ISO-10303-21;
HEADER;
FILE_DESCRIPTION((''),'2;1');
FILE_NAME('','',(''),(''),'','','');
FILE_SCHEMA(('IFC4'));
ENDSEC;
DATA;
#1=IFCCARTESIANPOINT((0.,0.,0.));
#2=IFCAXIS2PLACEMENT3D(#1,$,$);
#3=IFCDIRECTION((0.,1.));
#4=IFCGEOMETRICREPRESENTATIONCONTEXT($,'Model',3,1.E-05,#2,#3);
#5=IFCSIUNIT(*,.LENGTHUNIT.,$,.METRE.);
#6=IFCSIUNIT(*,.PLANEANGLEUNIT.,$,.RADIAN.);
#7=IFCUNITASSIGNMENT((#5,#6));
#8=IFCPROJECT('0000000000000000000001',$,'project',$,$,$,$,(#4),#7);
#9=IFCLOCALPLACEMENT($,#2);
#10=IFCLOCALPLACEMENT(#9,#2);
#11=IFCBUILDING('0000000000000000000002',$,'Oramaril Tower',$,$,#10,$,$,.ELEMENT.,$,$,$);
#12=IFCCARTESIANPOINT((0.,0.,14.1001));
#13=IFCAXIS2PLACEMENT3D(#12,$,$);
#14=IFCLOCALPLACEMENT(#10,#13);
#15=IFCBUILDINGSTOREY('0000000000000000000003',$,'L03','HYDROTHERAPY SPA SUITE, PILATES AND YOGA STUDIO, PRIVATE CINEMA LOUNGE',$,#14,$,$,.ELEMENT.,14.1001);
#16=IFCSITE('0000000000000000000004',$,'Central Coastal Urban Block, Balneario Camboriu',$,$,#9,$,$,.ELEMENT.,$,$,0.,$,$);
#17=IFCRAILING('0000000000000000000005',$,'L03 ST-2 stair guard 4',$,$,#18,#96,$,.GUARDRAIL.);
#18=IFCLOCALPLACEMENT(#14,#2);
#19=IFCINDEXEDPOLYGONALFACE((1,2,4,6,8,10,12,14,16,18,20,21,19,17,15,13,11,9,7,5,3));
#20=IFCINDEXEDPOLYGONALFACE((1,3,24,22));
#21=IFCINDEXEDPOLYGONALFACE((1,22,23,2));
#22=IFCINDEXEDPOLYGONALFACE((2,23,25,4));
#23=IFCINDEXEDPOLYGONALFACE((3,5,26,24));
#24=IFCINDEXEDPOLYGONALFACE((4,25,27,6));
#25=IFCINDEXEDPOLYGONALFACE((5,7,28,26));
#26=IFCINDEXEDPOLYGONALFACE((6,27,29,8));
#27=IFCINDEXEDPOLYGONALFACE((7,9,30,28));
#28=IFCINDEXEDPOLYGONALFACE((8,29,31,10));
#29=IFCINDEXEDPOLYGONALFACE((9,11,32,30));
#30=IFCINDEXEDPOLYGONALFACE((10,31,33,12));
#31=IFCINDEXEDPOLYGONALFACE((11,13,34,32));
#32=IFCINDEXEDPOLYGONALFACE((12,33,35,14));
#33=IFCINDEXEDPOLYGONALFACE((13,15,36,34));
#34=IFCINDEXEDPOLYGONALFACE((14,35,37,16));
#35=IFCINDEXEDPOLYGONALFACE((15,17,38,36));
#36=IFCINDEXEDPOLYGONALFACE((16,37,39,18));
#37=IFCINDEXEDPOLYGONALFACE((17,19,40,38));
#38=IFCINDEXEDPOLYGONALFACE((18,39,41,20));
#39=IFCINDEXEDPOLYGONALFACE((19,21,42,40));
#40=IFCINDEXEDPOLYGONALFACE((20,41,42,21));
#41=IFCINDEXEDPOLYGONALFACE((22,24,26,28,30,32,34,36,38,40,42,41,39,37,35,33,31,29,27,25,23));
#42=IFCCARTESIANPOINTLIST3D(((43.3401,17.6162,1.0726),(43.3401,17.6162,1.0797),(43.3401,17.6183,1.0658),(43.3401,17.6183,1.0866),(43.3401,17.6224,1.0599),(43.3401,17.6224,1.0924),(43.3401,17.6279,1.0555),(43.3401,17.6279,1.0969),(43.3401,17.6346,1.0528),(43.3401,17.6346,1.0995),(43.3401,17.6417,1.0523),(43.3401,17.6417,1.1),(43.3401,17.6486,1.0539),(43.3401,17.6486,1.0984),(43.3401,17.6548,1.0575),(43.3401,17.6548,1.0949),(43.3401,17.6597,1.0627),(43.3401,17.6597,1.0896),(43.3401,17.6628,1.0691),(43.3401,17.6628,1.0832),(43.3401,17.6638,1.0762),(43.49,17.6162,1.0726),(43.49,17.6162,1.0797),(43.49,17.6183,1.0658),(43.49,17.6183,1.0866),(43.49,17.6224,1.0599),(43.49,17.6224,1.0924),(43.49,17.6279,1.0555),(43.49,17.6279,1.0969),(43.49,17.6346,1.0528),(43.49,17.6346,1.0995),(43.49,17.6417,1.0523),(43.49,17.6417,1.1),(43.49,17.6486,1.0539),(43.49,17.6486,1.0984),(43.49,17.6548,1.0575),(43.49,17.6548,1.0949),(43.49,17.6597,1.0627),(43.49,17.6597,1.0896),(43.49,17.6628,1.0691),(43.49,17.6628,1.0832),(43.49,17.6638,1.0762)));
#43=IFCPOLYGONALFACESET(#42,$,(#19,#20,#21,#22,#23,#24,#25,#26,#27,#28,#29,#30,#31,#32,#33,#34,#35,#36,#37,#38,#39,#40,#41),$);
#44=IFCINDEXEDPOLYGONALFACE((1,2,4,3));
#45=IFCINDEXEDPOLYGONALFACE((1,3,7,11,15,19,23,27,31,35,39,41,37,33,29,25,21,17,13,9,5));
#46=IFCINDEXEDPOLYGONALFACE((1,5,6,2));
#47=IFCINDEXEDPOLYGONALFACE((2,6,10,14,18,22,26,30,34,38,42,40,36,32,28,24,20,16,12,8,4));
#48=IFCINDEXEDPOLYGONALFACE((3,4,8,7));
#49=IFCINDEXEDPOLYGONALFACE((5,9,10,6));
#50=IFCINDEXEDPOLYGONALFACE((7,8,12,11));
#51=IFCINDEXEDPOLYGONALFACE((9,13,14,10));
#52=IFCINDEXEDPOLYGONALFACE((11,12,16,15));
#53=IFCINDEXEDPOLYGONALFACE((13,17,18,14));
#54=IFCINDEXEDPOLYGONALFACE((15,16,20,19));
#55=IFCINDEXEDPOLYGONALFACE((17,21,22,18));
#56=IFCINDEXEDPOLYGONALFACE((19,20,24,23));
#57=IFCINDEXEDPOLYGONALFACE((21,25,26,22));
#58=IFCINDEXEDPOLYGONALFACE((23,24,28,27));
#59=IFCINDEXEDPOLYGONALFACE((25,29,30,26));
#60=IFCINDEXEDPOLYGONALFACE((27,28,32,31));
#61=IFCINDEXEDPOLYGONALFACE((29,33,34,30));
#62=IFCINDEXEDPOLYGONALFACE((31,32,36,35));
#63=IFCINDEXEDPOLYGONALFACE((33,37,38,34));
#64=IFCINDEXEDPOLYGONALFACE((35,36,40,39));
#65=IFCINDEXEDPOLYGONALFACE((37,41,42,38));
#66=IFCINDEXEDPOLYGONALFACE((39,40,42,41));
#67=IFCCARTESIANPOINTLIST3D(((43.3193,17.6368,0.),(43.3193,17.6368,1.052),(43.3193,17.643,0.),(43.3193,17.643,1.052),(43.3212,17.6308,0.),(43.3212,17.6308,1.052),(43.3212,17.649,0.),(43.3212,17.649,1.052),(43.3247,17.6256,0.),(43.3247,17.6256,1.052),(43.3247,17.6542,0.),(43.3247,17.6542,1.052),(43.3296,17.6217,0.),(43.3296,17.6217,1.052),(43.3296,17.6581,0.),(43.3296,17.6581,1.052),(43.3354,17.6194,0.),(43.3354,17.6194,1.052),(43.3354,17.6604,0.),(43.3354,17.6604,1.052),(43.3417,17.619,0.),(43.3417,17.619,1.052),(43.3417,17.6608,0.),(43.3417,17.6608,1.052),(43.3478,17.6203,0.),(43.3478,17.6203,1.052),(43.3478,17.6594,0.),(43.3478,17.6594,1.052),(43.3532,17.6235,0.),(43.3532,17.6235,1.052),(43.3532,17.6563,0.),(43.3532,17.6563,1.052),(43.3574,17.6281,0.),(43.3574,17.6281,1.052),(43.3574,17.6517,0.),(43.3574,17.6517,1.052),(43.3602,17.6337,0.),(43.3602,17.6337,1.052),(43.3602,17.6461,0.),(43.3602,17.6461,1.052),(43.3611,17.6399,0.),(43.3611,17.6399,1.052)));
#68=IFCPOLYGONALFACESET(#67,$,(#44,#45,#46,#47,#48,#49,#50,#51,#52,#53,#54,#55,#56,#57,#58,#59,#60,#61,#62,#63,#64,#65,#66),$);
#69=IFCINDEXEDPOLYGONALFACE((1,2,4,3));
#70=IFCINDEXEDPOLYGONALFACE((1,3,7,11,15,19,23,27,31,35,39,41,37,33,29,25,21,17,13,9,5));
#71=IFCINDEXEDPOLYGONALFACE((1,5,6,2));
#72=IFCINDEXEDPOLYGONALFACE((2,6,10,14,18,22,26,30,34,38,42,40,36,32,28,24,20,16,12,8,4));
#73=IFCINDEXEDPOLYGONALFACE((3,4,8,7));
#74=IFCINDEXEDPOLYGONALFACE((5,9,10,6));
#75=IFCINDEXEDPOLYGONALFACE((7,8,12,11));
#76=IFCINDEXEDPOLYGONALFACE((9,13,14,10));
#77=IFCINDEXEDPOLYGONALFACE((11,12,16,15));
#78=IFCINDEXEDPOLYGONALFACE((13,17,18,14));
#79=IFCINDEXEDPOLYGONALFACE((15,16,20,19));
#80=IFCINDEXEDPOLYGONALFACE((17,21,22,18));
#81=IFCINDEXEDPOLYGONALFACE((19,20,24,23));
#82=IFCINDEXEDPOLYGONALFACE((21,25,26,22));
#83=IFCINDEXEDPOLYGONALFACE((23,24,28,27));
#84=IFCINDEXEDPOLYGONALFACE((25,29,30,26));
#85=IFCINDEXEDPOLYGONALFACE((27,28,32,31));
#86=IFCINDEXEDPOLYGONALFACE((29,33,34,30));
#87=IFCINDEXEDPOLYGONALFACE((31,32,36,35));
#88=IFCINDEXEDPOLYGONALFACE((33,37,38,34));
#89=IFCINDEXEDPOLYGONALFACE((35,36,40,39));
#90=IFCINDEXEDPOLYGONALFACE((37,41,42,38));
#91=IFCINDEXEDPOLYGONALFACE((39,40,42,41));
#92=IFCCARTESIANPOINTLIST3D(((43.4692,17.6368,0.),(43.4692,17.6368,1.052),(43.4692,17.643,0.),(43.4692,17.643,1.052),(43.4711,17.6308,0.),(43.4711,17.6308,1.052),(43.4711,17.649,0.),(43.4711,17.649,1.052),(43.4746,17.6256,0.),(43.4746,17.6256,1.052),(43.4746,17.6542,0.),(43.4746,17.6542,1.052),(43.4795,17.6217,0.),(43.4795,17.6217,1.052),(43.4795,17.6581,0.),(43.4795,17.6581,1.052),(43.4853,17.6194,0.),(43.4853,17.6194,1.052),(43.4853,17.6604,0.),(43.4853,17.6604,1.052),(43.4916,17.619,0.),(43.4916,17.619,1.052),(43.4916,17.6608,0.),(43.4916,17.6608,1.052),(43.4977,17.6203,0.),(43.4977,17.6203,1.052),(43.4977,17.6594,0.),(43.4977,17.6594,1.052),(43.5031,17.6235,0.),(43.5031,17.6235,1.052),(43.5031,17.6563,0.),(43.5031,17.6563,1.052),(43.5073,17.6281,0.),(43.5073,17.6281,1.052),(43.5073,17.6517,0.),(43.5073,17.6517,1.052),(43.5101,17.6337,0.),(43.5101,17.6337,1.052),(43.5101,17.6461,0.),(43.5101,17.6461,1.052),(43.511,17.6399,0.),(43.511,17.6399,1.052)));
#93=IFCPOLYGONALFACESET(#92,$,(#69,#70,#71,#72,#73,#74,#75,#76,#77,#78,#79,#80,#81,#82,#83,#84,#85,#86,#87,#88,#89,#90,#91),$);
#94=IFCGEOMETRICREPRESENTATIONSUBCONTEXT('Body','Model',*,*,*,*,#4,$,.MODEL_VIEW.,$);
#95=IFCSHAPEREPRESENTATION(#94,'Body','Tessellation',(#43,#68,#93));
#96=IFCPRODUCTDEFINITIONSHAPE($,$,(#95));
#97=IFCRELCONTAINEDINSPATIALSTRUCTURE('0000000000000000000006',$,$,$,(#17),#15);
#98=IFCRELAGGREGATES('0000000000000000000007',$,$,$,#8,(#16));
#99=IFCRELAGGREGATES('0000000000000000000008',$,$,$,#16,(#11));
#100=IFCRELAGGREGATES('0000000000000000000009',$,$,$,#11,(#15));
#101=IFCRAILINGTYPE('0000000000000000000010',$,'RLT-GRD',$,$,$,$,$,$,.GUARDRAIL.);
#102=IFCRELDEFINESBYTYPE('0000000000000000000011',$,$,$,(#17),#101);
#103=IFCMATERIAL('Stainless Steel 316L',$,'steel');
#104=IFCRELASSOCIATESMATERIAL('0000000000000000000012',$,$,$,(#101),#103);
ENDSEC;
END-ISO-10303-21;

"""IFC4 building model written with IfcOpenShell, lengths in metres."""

from ifc_helpers import new_model, si_unit, direction, frame, origin, origin_2d, place, context, subcontext, project, spatial, circle, extrude, material, type_object, element, save


model = new_model("IFC4")

# Units and contexts
model_context = context("Model", 3, precision=1e-05, world=origin(), true_north=direction((0.0, 1.0)))
body_context = subcontext(model_context, "Body", "Model", "MODEL_VIEW")
ifc_project = project(units=[si_unit("LENGTHUNIT", "METRE"), si_unit("PLANEANGLEUNIT", "RADIAN")], contexts=[model_context])

# Site, building, storey
site_placement = place(None, origin())
site = spatial("IfcSite", under=ifc_project, at=site_placement, Name="Central Coastal Urban Block, Balneario Camboriu", CompositionType="ELEMENT", RefElevation=0.0)
building_placement = place(site_placement, origin())
building = spatial("IfcBuilding", under=site, at=building_placement, Name="Oramaril Tower", CompositionType="ELEMENT")
storey_placement = place(building_placement, frame((0.0, 0.0, 14.1001)))
storey = spatial("IfcBuildingStorey", under=building, at=storey_placement, Name="L03", Description="HYDROTHERAPY SPA SUITE, PILATES AND YOGA STUDIO, PRIVATE CINEMA LOUNGE", CompositionType="ELEMENT", Elevation=14.1001)

# Railing
ifc_material_1 = material(Name="Stainless Steel 316L", Category="steel")
railing_type_1 = type_object("IfcRailingType", Name="RLT-GRD", PredefinedType="GUARDRAIL", material=ifc_material_1)
railing_1_placement = place(storey_placement, frame((43.3401, 17.6399, 0.0)))
element("IfcRailing", 1, at=railing_1_placement, inside=storey, type_object=railing_type_1, Name="L03 ST-2 stair guard 4", PredefinedType="GUARDRAIL", context=body_context, shape_type="SweptSolid", body=[
    extrude(circle(Radius=0.0239, at=origin_2d()), frame((0.0, 0.0, 1.0762), z_axis=(1.0, 0.0, 0.0), x_axis=(0.0, 1.0, 0.0)), (0.0, 0.0, 1.0), 0.1499),
    extrude(circle(Radius=0.021, at=origin_2d()), origin(), (0.0, 0.0, 1.0), 1.052),
    extrude(circle(Radius=0.021, at=origin_2d()), frame((0.1499, 0.0, 0.0)), (0.0, 0.0, 1.0), 1.052),
])

save(model, "model.ifc")
